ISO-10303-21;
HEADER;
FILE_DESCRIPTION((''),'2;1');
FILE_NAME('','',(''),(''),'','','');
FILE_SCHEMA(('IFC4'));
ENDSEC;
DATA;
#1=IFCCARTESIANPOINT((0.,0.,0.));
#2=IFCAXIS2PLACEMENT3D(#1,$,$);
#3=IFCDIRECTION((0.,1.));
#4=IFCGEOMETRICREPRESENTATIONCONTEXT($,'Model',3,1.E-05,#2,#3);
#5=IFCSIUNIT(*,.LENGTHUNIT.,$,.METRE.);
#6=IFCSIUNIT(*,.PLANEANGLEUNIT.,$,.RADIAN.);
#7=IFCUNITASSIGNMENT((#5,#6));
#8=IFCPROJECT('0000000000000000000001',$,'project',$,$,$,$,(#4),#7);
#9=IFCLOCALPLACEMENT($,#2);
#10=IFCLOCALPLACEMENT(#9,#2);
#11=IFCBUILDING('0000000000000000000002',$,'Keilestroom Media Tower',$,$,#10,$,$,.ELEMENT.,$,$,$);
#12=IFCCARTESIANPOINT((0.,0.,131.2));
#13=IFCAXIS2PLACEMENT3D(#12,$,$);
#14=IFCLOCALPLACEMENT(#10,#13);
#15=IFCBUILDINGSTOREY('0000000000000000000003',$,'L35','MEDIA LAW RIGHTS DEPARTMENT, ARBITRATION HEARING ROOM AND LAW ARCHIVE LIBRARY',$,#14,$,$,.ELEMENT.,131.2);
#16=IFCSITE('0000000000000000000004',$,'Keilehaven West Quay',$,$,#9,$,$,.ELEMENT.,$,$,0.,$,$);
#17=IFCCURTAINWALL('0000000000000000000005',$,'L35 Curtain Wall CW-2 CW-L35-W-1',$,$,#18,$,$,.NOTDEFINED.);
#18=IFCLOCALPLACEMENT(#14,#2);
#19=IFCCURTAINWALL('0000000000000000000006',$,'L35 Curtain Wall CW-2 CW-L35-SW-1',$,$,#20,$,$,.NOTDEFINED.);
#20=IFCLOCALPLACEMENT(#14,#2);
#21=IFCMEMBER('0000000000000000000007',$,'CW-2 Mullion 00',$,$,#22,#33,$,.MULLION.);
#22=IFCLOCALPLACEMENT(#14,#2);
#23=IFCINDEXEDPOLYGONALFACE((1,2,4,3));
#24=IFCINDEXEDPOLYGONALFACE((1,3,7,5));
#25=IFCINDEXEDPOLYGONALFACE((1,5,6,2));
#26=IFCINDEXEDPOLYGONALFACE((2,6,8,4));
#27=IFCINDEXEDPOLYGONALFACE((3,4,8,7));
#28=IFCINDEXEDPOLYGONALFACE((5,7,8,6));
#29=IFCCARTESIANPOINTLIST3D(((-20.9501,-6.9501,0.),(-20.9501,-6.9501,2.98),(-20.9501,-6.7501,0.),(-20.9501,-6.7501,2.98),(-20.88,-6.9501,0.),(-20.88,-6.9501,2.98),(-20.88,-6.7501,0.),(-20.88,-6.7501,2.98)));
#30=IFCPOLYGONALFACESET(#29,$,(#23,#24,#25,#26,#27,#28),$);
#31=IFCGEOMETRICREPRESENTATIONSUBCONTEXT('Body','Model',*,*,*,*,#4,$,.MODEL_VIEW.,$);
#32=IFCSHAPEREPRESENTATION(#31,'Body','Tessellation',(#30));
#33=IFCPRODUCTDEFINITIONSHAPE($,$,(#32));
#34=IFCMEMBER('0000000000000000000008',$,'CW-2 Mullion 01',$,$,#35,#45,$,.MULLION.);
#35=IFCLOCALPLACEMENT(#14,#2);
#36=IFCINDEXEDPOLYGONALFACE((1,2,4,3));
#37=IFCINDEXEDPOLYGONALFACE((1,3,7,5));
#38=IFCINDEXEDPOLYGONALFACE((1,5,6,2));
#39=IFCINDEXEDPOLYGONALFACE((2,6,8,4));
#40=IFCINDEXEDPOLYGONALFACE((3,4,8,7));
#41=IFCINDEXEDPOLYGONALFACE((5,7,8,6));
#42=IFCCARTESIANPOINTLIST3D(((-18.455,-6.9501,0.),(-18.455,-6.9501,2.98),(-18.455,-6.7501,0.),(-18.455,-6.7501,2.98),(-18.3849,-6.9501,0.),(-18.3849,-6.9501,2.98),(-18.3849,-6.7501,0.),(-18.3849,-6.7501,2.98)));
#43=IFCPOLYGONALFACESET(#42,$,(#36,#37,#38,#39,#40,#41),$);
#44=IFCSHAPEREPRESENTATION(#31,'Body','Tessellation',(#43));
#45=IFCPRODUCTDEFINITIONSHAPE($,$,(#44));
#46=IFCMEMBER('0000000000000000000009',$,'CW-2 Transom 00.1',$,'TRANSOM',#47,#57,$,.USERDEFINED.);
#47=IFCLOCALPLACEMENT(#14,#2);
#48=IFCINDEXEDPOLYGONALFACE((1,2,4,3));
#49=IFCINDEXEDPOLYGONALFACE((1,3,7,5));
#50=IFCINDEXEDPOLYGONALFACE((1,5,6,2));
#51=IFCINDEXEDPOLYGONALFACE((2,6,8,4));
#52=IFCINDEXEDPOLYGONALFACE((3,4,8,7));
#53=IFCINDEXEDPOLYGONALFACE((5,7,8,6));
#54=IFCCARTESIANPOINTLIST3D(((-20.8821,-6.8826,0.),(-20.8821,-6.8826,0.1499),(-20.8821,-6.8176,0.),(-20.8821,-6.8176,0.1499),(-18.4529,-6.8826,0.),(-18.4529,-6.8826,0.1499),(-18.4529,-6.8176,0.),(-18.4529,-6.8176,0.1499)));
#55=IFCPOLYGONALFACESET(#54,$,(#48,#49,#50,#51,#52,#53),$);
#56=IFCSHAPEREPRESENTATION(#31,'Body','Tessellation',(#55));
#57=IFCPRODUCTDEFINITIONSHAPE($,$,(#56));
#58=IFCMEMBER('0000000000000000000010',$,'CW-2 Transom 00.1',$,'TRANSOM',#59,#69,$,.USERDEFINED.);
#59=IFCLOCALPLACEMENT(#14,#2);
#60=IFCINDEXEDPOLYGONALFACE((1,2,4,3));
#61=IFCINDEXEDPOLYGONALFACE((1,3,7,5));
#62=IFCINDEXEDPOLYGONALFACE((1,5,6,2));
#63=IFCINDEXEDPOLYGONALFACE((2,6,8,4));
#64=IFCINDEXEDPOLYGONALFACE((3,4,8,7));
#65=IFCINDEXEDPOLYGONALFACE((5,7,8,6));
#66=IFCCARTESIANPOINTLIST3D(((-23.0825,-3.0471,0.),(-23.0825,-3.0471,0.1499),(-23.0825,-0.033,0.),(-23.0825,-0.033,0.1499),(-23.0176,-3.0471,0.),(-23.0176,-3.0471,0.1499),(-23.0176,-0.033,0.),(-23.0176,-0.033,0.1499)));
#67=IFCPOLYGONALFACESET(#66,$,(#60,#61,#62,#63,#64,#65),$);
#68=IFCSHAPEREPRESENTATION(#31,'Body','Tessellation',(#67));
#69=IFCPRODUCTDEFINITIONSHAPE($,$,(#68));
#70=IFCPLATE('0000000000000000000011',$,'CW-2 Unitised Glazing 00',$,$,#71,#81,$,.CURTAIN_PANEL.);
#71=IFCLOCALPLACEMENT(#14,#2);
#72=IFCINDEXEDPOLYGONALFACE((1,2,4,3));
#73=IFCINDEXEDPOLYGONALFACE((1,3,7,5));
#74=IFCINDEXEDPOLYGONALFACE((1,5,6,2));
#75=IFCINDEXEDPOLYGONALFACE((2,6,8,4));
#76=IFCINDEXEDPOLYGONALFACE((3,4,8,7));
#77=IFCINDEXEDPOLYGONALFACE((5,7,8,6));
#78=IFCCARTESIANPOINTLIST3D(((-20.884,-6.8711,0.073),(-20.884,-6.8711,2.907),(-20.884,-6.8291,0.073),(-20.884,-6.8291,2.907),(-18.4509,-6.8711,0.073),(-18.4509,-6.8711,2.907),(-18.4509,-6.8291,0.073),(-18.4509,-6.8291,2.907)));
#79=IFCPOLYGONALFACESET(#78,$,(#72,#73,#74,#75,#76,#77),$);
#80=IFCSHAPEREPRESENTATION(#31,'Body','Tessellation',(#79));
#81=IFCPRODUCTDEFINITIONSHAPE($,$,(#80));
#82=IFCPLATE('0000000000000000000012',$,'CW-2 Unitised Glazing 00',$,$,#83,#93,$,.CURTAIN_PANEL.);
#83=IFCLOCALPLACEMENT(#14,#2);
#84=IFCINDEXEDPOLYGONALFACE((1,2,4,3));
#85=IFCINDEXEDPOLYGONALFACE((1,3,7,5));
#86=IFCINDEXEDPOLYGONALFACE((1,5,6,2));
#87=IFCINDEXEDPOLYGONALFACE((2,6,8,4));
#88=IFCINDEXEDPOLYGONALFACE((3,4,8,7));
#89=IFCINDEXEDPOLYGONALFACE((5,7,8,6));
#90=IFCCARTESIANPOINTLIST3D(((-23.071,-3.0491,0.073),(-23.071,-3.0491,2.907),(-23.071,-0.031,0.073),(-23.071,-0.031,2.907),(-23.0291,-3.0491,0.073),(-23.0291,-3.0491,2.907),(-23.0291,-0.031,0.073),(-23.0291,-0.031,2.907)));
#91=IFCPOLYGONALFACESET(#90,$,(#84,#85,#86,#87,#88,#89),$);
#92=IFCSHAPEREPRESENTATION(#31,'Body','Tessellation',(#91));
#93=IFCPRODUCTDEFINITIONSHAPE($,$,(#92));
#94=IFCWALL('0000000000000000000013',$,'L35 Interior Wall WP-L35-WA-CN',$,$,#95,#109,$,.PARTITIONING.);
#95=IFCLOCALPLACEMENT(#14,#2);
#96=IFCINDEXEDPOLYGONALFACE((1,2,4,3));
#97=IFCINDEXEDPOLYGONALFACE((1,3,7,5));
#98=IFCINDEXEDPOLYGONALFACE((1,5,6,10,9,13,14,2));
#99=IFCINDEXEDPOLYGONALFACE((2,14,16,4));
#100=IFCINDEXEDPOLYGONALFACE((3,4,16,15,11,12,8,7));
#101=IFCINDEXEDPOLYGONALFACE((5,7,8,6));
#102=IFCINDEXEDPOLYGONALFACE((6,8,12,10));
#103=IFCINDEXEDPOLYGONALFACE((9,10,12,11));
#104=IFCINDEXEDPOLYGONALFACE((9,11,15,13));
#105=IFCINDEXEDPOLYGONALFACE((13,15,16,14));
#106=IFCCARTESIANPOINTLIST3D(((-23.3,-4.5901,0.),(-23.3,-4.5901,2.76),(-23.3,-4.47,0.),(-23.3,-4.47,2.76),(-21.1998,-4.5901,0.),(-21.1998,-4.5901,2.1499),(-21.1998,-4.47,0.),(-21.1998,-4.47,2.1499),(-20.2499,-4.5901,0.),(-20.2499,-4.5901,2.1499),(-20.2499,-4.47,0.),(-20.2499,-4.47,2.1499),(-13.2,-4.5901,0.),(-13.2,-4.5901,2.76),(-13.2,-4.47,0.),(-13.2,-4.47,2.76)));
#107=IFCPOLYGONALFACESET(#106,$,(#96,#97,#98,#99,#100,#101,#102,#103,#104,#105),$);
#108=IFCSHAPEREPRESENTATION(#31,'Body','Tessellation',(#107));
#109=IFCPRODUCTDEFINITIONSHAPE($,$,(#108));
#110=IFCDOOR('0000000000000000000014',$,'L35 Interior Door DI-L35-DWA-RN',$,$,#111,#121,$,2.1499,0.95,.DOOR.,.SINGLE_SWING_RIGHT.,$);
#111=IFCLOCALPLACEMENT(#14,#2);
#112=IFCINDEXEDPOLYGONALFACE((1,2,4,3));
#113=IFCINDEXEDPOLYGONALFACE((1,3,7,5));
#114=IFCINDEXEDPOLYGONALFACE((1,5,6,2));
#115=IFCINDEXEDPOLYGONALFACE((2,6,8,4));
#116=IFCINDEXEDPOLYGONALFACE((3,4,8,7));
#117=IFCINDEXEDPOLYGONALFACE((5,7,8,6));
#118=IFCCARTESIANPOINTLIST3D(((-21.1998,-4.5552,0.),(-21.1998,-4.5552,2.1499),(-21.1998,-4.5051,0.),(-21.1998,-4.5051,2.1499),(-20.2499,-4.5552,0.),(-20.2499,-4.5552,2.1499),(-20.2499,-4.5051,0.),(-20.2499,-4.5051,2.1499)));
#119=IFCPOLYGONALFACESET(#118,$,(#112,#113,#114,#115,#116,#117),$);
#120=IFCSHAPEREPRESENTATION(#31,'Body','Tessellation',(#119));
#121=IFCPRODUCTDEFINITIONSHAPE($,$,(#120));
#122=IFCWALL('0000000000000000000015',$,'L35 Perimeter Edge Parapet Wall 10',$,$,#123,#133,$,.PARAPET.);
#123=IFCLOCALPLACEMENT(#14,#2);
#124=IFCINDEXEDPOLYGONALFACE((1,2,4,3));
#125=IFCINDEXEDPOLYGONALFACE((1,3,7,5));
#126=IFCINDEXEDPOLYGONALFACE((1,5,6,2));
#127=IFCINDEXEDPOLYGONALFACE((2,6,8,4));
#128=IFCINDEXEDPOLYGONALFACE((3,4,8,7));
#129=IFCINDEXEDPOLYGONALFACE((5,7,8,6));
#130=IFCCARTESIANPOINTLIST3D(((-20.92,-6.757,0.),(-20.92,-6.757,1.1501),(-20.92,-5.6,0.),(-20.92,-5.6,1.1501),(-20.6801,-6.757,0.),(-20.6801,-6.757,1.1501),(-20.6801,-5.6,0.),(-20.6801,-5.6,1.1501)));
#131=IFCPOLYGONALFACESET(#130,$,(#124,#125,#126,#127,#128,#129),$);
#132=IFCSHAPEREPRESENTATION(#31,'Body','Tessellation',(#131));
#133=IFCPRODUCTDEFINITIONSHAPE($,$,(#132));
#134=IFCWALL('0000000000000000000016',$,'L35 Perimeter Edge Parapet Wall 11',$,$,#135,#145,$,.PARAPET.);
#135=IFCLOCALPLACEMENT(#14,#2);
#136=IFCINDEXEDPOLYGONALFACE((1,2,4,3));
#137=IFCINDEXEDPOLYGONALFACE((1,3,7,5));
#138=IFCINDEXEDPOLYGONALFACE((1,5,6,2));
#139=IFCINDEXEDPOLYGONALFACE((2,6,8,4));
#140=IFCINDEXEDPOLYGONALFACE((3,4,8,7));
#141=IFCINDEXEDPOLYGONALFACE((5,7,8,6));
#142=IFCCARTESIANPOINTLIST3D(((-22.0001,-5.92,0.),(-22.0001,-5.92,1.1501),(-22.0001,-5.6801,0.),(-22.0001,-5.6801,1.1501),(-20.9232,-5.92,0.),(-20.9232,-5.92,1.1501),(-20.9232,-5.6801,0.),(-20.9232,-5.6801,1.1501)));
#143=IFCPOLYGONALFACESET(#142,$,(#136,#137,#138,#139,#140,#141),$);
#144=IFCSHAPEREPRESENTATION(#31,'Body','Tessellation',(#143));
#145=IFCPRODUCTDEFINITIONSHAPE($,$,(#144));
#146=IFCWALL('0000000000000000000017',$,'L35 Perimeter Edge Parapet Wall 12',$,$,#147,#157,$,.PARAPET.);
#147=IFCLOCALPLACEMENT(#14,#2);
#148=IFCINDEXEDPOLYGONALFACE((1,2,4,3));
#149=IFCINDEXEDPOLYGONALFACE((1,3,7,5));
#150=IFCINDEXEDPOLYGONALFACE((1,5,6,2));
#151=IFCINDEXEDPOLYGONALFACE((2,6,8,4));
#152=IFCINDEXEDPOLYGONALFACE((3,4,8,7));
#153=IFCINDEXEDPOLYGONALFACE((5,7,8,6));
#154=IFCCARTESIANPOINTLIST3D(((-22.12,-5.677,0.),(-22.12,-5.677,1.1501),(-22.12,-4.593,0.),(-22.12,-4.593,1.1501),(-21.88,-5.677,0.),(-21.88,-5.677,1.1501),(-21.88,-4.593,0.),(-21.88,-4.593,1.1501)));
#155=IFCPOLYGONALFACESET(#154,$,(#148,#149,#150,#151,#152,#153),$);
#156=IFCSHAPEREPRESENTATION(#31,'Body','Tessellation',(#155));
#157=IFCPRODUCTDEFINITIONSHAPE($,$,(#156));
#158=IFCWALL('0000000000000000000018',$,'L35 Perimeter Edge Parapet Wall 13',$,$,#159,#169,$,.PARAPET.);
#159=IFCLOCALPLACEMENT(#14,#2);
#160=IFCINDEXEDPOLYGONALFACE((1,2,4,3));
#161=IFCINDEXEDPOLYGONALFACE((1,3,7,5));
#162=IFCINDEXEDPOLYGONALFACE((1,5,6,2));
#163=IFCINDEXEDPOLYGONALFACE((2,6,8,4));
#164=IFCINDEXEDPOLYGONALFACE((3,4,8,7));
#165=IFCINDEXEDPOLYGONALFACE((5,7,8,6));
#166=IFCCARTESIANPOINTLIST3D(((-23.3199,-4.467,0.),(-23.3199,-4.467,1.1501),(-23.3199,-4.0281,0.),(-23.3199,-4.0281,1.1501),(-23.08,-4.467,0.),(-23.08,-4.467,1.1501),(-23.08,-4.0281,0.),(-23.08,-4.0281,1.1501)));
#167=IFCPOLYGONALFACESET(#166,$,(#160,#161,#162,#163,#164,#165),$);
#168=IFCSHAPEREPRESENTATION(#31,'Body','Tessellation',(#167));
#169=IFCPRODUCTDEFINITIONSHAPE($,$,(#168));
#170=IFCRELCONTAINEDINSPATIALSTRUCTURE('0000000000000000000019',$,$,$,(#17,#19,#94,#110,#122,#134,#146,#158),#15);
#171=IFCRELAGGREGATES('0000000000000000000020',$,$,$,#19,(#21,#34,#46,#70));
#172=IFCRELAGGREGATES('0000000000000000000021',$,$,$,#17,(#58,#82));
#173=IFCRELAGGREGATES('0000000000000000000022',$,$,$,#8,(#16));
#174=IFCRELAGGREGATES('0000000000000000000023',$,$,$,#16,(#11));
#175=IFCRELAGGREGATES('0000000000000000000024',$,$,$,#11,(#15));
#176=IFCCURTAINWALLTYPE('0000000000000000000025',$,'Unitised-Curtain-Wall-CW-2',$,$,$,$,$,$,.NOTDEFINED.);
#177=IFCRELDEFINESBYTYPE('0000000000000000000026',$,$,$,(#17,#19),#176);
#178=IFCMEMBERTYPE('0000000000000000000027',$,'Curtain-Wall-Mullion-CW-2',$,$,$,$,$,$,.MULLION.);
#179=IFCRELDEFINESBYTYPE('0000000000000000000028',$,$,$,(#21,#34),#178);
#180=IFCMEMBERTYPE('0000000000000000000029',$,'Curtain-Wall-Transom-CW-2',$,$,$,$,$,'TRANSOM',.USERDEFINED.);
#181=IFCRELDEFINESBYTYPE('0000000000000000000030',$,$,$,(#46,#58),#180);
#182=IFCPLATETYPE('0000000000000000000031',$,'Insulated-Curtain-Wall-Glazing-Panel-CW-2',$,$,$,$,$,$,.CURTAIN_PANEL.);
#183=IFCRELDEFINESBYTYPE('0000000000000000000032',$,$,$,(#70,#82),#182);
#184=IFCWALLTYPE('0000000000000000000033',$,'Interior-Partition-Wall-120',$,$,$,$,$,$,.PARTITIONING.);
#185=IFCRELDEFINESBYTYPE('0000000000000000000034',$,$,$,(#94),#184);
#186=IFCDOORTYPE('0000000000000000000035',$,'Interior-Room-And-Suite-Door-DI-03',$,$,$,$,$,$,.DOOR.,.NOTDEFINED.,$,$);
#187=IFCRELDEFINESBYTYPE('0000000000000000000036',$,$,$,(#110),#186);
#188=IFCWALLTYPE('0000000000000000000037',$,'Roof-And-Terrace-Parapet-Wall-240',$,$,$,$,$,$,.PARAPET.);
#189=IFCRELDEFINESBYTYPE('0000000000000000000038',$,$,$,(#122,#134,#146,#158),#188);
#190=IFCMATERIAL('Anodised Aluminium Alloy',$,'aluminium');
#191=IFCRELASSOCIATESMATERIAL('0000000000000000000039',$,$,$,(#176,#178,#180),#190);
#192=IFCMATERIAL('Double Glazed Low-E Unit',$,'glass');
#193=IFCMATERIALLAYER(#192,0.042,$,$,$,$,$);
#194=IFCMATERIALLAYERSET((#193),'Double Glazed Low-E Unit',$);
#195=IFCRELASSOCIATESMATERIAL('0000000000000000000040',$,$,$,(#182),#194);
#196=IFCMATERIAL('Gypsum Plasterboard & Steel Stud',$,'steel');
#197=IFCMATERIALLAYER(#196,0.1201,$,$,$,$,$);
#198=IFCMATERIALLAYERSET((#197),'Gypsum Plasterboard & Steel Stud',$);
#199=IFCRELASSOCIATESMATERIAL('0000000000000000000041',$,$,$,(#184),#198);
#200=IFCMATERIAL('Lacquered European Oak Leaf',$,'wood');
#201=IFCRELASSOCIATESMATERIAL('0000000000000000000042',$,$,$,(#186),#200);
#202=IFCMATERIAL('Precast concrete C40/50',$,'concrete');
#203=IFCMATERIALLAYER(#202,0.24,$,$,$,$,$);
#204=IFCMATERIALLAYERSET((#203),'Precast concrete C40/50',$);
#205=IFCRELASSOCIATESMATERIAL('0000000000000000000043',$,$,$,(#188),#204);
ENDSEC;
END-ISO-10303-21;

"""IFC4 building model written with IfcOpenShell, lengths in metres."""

from ifc_helpers import new_model, si_unit, direction, frame, frame_2d, origin, origin_2d, place, context, subcontext, project, spatial, rectangle, extrude, source, transform, mapped, material, layer, layer_set, material_profile, profile_set, type_object, element, fill, aggregate, save


model = new_model("IFC4")

# Units and contexts
model_context = context("Model", 3, precision=1e-05, world=origin(), true_north=direction((0.0, 1.0)))
body_context = subcontext(model_context, "Body", "Model", "MODEL_VIEW")
ifc_project = project(units=[si_unit("LENGTHUNIT", "METRE"), si_unit("PLANEANGLEUNIT", "RADIAN")], contexts=[model_context])

# Site, building, storey
site_placement = place(None, origin())
site = spatial("IfcSite", under=ifc_project, at=site_placement, Name="Keilehaven West Quay", CompositionType="ELEMENT", RefElevation=0.0)
building_placement = place(site_placement, origin())
building = spatial("IfcBuilding", under=site, at=building_placement, Name="Keilestroom Media Tower", CompositionType="ELEMENT")
storey_placement = place(building_placement, frame((0.0, 0.0, 131.2)))
storey = spatial("IfcBuildingStorey", under=building, at=storey_placement, Name="L35", Description="MEDIA LAW RIGHTS DEPARTMENT, ARBITRATION HEARING ROOM AND LAW ARCHIVE LIBRARY", CompositionType="ELEMENT", Elevation=131.2)

# Shared definitions
ifc_material_1 = material(Name="Precast concrete C40/50", Category="concrete")

# Curtain wall
ifc_material_2 = material(Name="Anodised Aluminium Alloy", Category="aluminium")
curtain_wall_type = type_object("IfcCurtainWallType", Name="Unitised-Curtain-Wall-CW-2", PredefinedType="NOTDEFINED", material=ifc_material_2)
curtain_wall_1_placement = place(storey_placement, origin())
curtain_wall_1 = element("IfcCurtainWall", 1, at=curtain_wall_1_placement, inside=storey, type_object=curtain_wall_type, Name="L35 Curtain Wall CW-2 CW-L35-W-1", PredefinedType="NOTDEFINED")
ifc_material_profile_1 = material_profile(ifc_material_2, rectangle(XDim=0.0701, YDim=0.2, at=origin_2d()), Name="ALU MULLION 70x200")
ifc_profile_set_1 = profile_set([ifc_material_profile_1], Name="Anodised Aluminium Alloy")
member_type_1 = type_object("IfcMemberType", Name="Curtain-Wall-Mullion-CW-2", PredefinedType="MULLION", material=ifc_profile_set_1)
shared_shape_1 = source(origin(), body_context, "Body", "SweptSolid", [
    extrude(rectangle(XDim=0.0701, YDim=0.2, at=origin_2d()), origin(), (0.0, 0.0, 1.0), 2.98),
])

# Curtain wall, members
curtain_wall_2_placement = place(storey_placement, origin())
curtain_wall_2 = element("IfcCurtainWall", 2, at=curtain_wall_2_placement, inside=storey, type_object=curtain_wall_type, Name="L35 Curtain Wall CW-2 CW-L35-SW-1", PredefinedType="NOTDEFINED")
member_1_placement = place(storey_placement, frame((-20.915, -6.8501, 0.0), z_axis=(0.0, 0.0, 1.0), x_axis=(1.0, 0.0, 0.0)))
member_1 = element("IfcMember", 3, at=member_1_placement, type_object=member_type_1, Name="CW-2 Mullion 00", PredefinedType="MULLION", context=body_context, shape_type="MappedRepresentation", body=[
    mapped(shared_shape_1, transform((0.0, 0.0, 0.0), x_axis=(1.0, 0.0, 0.0), y_axis=(0.0, 1.0, 0.0), z_axis=(0.0, 0.0, 1.0), scale=1.0)),
])
member_2_placement = place(storey_placement, frame((-18.4199, -6.8501, 0.0), z_axis=(0.0, 0.0, 1.0), x_axis=(1.0, 0.0, 0.0)))
member_2 = element("IfcMember", 4, at=member_2_placement, type_object=member_type_1, Name="CW-2 Mullion 01", PredefinedType="MULLION", context=body_context, shape_type="MappedRepresentation", body=[
    mapped(shared_shape_1, transform((0.0, 0.0, 0.0), x_axis=(1.0, 0.0, 0.0), y_axis=(0.0, 1.0, 0.0), z_axis=(0.0, 0.0, 1.0), scale=1.0)),
])
ifc_material_profile_2 = material_profile(ifc_material_2, rectangle(XDim=0.0649, YDim=0.1499, at=origin_2d()), Name="ALU TRANSOM 65x150")
ifc_profile_set_2 = profile_set([ifc_material_profile_2], Name="Anodised Aluminium Alloy")
member_type_2 = type_object("IfcMemberType", Name="Curtain-Wall-Transom-CW-2", ElementType="TRANSOM", PredefinedType="USERDEFINED", material=ifc_profile_set_2)
shared_shape_2 = source(origin(), body_context, "Body", "SweptSolid", [
    extrude(rectangle(XDim=0.0649, YDim=0.1499, at=origin_2d()), origin(), (0.0, 0.0, 1.0), 2.4292),
])
member_3_placement = place(storey_placement, frame((-20.8821, -6.8501, 0.075), z_axis=(1.0, 0.0, 0.0), x_axis=(0.0, 1.0, 0.0)))
member_3 = element("IfcMember", 5, at=member_3_placement, type_object=member_type_2, Name="CW-2 Transom 00.1", ObjectType="TRANSOM", PredefinedType="USERDEFINED", context=body_context, shape_type="MappedRepresentation", body=[
    mapped(shared_shape_2, transform((0.0, 0.0, 0.0), x_axis=(1.0, 0.0, 0.0), y_axis=(0.0, 1.0, 0.0), z_axis=(0.0, 0.0, 1.0), scale=1.0)),
])

# Member
shared_shape_3 = source(origin(), body_context, "Body", "SweptSolid", [
    extrude(rectangle(XDim=0.0649, YDim=0.1499, at=origin_2d()), origin(), (0.0, 0.0, 1.0), 3.0142),
])
member_4_placement = place(storey_placement, frame((-23.05, -3.0471, 0.075), z_axis=(0.0, 1.0, 0.0), x_axis=(-1.0, 0.0, 0.0)))
member_4 = element("IfcMember", 6, at=member_4_placement, type_object=member_type_2, Name="CW-2 Transom 00.1", ObjectType="TRANSOM", PredefinedType="USERDEFINED", context=body_context, shape_type="MappedRepresentation", body=[
    mapped(shared_shape_3, transform((0.0, 0.0, 0.0), x_axis=(1.0, 0.0, 0.0), y_axis=(0.0, 1.0, 0.0), z_axis=(0.0, 0.0, 1.0), scale=1.0)),
])

# Plates
ifc_material_3 = material(Name="Double Glazed Low-E Unit", Category="glass")
ifc_layer_1 = layer(ifc_material_3, 0.042)
ifc_layer_set_1 = layer_set([ifc_layer_1], Name="Double Glazed Low-E Unit")
plate_type = type_object("IfcPlateType", Name="Insulated-Curtain-Wall-Glazing-Panel-CW-2", PredefinedType="CURTAIN_PANEL", material=ifc_layer_set_1)
shared_shape_4 = source(origin(), body_context, "Body", "SweptSolid", [
    extrude(rectangle(XDim=2.4331, YDim=0.042, at=origin_2d()), origin(), (0.0, 0.0, 1.0), 2.834),
])
plate_1_placement = place(storey_placement, frame((-19.6675, -6.8501, 0.073), z_axis=(0.0, 0.0, 1.0), x_axis=(1.0, 0.0, 0.0)))
plate_1 = element("IfcPlate", 7, at=plate_1_placement, type_object=plate_type, Name="CW-2 Unitised Glazing 00", PredefinedType="CURTAIN_PANEL", context=body_context, shape_type="MappedRepresentation", body=[
    mapped(shared_shape_4, transform((0.0, 0.0, 0.0), x_axis=(1.0, 0.0, 0.0), y_axis=(0.0, 1.0, 0.0), z_axis=(0.0, 0.0, 1.0), scale=1.0)),
])
aggregate(curtain_wall_2, [member_1, member_2, member_3, plate_1])
shared_shape_5 = source(origin(), body_context, "Body", "SweptSolid", [
    extrude(rectangle(XDim=3.0181, YDim=0.042, at=origin_2d()), origin(), (0.0, 0.0, 1.0), 2.834),
])
plate_2_placement = place(storey_placement, frame((-23.05, -1.54, 0.073), z_axis=(0.0, 0.0, 1.0), x_axis=(0.0, 1.0, 0.0)))
plate_2 = element("IfcPlate", 8, at=plate_2_placement, type_object=plate_type, Name="CW-2 Unitised Glazing 00", PredefinedType="CURTAIN_PANEL", context=body_context, shape_type="MappedRepresentation", body=[
    mapped(shared_shape_5, transform((0.0, 0.0, 0.0), x_axis=(1.0, 0.0, 0.0), y_axis=(0.0, 1.0, 0.0), z_axis=(0.0, 0.0, 1.0), scale=1.0)),
])
aggregate(curtain_wall_1, [member_4, plate_2])

# Wall, opening, door
ifc_material_4 = material(Name="Gypsum Plasterboard & Steel Stud", Category="steel")
ifc_layer_2 = layer(ifc_material_4, 0.1201)
ifc_layer_set_2 = layer_set([ifc_layer_2], Name="Gypsum Plasterboard & Steel Stud")
wall_type_1 = type_object("IfcWallType", Name="Interior-Partition-Wall-120", PredefinedType="PARTITIONING", material=ifc_layer_set_2)
wall_1_placement = place(storey_placement, frame((-23.3, -4.53, 0.0), z_axis=(0.0, 0.0, 1.0), x_axis=(1.0, 0.0, 0.0)))
wall_1 = element("IfcWall", 9, at=wall_1_placement, inside=storey, type_object=wall_type_1, Name="L35 Interior Wall WP-L35-WA-CN", PredefinedType="PARTITIONING", context=body_context, shape_type="SweptSolid", body=[
    extrude(rectangle(XDim=10.1001, YDim=0.1201, at=frame_2d((5.05, 0.0))), origin(), (0.0, 0.0, 1.0), 2.76),
])
opening_placement = place(wall_1_placement, frame((2.1001, 0.0, 0.0)))
opening = element("IfcOpeningElement", 10, at=opening_placement, cuts=wall_1, PredefinedType="OPENING", context=body_context, shape_type="SweptSolid", body=[
    extrude(rectangle(XDim=0.95, YDim=2.1499, at=frame_2d((0.4751, 1.075))), frame((0.0, 0.0701, 0.0), z_axis=(0.0, -1.0, 0.0), x_axis=(1.0, 0.0, 0.0)), (0.0, 0.0, 1.0), 0.1401),
])
ifc_material_5 = material(Name="Lacquered European Oak Leaf", Category="wood")
door_type = type_object("IfcDoorType", Name="Interior-Room-And-Suite-Door-DI-03", OperationType="NOTDEFINED", PredefinedType="DOOR", material=ifc_material_5)
shared_shape_6 = source(origin(), body_context, "Body", "SweptSolid", [
    extrude(rectangle(XDim=0.95, YDim=2.1499, at=frame_2d((0.4751, 1.075))), frame((0.0, 0.0249, 0.0), z_axis=(0.0, -1.0, 0.0), x_axis=(1.0, 0.0, 0.0)), (0.0, 0.0, 1.0), 0.05),
])
door_placement = place(opening_placement, origin())
door = element("IfcDoor", 11, at=door_placement, inside=storey, type_object=door_type, Name="L35 Interior Door DI-L35-DWA-RN", OperationType="SINGLE_SWING_RIGHT", OverallHeight=2.1499, OverallWidth=0.95, PredefinedType="DOOR", context=body_context, shape_type="MappedRepresentation", body=[
    mapped(shared_shape_6, transform((0.0, 0.0, 0.0), x_axis=(1.0, 0.0, 0.0), y_axis=(0.0, 1.0, 0.0), z_axis=(0.0, 0.0, 1.0), scale=1.0)),
])
fill(opening, door)

# Walls
ifc_layer_3 = layer(ifc_material_1, 0.24)
ifc_layer_set_3 = layer_set([ifc_layer_3], Name="Precast concrete C40/50")
wall_type_2 = type_object("IfcWallType", Name="Roof-And-Terrace-Parapet-Wall-240", PredefinedType="PARAPET", material=ifc_layer_set_3)
wall_2_placement = place(storey_placement, frame((-20.8, -6.7571, 0.0), z_axis=(0.0, 0.0, 1.0), x_axis=(0.0, 1.0, 0.0)))
element("IfcWall", 12, at=wall_2_placement, inside=storey, type_object=wall_type_2, Name="L35 Perimeter Edge Parapet Wall 10", PredefinedType="PARAPET", context=body_context, shape_type="SweptSolid", body=[
    extrude(rectangle(XDim=1.157, YDim=0.24, at=frame_2d((0.5786, 0.0))), origin(), (0.0, 0.0, 1.0), 1.1501),
])
wall_3_placement = place(storey_placement, frame((-20.9231, -5.8, 0.0), z_axis=(0.0, 0.0, 1.0), x_axis=(-1.0, 0.0, 0.0)))
element("IfcWall", 13, at=wall_3_placement, inside=storey, type_object=wall_type_2, Name="L35 Perimeter Edge Parapet Wall 11", PredefinedType="PARAPET", context=body_context, shape_type="SweptSolid", body=[
    extrude(rectangle(XDim=1.0769, YDim=0.24, at=frame_2d((0.5386, 0.0))), origin(), (0.0, 0.0, 1.0), 1.1501),
])
wall_4_placement = place(storey_placement, frame((-22.0, -5.677, 0.0), z_axis=(0.0, 0.0, 1.0), x_axis=(0.0, 1.0, 0.0)))
element("IfcWall", 14, at=wall_4_placement, inside=storey, type_object=wall_type_2, Name="L35 Perimeter Edge Parapet Wall 12", PredefinedType="PARAPET", context=body_context, shape_type="SweptSolid", body=[
    extrude(rectangle(XDim=1.084, YDim=0.24, at=frame_2d((0.542, 0.0))), origin(), (0.0, 0.0, 1.0), 1.1501),
])
wall_5_placement = place(storey_placement, frame((-23.2, -4.467, 0.0), z_axis=(0.0, 0.0, 1.0), x_axis=(0.0, 1.0, 0.0)))
element("IfcWall", 15, at=wall_5_placement, inside=storey, type_object=wall_type_2, Name="L35 Perimeter Edge Parapet Wall 13", PredefinedType="PARAPET", context=body_context, shape_type="SweptSolid", body=[
    extrude(rectangle(XDim=0.439, YDim=0.24, at=frame_2d((0.2195, 0.0))), origin(), (0.0, 0.0, 1.0), 1.1501),
])

save(model, "model.ifc")
